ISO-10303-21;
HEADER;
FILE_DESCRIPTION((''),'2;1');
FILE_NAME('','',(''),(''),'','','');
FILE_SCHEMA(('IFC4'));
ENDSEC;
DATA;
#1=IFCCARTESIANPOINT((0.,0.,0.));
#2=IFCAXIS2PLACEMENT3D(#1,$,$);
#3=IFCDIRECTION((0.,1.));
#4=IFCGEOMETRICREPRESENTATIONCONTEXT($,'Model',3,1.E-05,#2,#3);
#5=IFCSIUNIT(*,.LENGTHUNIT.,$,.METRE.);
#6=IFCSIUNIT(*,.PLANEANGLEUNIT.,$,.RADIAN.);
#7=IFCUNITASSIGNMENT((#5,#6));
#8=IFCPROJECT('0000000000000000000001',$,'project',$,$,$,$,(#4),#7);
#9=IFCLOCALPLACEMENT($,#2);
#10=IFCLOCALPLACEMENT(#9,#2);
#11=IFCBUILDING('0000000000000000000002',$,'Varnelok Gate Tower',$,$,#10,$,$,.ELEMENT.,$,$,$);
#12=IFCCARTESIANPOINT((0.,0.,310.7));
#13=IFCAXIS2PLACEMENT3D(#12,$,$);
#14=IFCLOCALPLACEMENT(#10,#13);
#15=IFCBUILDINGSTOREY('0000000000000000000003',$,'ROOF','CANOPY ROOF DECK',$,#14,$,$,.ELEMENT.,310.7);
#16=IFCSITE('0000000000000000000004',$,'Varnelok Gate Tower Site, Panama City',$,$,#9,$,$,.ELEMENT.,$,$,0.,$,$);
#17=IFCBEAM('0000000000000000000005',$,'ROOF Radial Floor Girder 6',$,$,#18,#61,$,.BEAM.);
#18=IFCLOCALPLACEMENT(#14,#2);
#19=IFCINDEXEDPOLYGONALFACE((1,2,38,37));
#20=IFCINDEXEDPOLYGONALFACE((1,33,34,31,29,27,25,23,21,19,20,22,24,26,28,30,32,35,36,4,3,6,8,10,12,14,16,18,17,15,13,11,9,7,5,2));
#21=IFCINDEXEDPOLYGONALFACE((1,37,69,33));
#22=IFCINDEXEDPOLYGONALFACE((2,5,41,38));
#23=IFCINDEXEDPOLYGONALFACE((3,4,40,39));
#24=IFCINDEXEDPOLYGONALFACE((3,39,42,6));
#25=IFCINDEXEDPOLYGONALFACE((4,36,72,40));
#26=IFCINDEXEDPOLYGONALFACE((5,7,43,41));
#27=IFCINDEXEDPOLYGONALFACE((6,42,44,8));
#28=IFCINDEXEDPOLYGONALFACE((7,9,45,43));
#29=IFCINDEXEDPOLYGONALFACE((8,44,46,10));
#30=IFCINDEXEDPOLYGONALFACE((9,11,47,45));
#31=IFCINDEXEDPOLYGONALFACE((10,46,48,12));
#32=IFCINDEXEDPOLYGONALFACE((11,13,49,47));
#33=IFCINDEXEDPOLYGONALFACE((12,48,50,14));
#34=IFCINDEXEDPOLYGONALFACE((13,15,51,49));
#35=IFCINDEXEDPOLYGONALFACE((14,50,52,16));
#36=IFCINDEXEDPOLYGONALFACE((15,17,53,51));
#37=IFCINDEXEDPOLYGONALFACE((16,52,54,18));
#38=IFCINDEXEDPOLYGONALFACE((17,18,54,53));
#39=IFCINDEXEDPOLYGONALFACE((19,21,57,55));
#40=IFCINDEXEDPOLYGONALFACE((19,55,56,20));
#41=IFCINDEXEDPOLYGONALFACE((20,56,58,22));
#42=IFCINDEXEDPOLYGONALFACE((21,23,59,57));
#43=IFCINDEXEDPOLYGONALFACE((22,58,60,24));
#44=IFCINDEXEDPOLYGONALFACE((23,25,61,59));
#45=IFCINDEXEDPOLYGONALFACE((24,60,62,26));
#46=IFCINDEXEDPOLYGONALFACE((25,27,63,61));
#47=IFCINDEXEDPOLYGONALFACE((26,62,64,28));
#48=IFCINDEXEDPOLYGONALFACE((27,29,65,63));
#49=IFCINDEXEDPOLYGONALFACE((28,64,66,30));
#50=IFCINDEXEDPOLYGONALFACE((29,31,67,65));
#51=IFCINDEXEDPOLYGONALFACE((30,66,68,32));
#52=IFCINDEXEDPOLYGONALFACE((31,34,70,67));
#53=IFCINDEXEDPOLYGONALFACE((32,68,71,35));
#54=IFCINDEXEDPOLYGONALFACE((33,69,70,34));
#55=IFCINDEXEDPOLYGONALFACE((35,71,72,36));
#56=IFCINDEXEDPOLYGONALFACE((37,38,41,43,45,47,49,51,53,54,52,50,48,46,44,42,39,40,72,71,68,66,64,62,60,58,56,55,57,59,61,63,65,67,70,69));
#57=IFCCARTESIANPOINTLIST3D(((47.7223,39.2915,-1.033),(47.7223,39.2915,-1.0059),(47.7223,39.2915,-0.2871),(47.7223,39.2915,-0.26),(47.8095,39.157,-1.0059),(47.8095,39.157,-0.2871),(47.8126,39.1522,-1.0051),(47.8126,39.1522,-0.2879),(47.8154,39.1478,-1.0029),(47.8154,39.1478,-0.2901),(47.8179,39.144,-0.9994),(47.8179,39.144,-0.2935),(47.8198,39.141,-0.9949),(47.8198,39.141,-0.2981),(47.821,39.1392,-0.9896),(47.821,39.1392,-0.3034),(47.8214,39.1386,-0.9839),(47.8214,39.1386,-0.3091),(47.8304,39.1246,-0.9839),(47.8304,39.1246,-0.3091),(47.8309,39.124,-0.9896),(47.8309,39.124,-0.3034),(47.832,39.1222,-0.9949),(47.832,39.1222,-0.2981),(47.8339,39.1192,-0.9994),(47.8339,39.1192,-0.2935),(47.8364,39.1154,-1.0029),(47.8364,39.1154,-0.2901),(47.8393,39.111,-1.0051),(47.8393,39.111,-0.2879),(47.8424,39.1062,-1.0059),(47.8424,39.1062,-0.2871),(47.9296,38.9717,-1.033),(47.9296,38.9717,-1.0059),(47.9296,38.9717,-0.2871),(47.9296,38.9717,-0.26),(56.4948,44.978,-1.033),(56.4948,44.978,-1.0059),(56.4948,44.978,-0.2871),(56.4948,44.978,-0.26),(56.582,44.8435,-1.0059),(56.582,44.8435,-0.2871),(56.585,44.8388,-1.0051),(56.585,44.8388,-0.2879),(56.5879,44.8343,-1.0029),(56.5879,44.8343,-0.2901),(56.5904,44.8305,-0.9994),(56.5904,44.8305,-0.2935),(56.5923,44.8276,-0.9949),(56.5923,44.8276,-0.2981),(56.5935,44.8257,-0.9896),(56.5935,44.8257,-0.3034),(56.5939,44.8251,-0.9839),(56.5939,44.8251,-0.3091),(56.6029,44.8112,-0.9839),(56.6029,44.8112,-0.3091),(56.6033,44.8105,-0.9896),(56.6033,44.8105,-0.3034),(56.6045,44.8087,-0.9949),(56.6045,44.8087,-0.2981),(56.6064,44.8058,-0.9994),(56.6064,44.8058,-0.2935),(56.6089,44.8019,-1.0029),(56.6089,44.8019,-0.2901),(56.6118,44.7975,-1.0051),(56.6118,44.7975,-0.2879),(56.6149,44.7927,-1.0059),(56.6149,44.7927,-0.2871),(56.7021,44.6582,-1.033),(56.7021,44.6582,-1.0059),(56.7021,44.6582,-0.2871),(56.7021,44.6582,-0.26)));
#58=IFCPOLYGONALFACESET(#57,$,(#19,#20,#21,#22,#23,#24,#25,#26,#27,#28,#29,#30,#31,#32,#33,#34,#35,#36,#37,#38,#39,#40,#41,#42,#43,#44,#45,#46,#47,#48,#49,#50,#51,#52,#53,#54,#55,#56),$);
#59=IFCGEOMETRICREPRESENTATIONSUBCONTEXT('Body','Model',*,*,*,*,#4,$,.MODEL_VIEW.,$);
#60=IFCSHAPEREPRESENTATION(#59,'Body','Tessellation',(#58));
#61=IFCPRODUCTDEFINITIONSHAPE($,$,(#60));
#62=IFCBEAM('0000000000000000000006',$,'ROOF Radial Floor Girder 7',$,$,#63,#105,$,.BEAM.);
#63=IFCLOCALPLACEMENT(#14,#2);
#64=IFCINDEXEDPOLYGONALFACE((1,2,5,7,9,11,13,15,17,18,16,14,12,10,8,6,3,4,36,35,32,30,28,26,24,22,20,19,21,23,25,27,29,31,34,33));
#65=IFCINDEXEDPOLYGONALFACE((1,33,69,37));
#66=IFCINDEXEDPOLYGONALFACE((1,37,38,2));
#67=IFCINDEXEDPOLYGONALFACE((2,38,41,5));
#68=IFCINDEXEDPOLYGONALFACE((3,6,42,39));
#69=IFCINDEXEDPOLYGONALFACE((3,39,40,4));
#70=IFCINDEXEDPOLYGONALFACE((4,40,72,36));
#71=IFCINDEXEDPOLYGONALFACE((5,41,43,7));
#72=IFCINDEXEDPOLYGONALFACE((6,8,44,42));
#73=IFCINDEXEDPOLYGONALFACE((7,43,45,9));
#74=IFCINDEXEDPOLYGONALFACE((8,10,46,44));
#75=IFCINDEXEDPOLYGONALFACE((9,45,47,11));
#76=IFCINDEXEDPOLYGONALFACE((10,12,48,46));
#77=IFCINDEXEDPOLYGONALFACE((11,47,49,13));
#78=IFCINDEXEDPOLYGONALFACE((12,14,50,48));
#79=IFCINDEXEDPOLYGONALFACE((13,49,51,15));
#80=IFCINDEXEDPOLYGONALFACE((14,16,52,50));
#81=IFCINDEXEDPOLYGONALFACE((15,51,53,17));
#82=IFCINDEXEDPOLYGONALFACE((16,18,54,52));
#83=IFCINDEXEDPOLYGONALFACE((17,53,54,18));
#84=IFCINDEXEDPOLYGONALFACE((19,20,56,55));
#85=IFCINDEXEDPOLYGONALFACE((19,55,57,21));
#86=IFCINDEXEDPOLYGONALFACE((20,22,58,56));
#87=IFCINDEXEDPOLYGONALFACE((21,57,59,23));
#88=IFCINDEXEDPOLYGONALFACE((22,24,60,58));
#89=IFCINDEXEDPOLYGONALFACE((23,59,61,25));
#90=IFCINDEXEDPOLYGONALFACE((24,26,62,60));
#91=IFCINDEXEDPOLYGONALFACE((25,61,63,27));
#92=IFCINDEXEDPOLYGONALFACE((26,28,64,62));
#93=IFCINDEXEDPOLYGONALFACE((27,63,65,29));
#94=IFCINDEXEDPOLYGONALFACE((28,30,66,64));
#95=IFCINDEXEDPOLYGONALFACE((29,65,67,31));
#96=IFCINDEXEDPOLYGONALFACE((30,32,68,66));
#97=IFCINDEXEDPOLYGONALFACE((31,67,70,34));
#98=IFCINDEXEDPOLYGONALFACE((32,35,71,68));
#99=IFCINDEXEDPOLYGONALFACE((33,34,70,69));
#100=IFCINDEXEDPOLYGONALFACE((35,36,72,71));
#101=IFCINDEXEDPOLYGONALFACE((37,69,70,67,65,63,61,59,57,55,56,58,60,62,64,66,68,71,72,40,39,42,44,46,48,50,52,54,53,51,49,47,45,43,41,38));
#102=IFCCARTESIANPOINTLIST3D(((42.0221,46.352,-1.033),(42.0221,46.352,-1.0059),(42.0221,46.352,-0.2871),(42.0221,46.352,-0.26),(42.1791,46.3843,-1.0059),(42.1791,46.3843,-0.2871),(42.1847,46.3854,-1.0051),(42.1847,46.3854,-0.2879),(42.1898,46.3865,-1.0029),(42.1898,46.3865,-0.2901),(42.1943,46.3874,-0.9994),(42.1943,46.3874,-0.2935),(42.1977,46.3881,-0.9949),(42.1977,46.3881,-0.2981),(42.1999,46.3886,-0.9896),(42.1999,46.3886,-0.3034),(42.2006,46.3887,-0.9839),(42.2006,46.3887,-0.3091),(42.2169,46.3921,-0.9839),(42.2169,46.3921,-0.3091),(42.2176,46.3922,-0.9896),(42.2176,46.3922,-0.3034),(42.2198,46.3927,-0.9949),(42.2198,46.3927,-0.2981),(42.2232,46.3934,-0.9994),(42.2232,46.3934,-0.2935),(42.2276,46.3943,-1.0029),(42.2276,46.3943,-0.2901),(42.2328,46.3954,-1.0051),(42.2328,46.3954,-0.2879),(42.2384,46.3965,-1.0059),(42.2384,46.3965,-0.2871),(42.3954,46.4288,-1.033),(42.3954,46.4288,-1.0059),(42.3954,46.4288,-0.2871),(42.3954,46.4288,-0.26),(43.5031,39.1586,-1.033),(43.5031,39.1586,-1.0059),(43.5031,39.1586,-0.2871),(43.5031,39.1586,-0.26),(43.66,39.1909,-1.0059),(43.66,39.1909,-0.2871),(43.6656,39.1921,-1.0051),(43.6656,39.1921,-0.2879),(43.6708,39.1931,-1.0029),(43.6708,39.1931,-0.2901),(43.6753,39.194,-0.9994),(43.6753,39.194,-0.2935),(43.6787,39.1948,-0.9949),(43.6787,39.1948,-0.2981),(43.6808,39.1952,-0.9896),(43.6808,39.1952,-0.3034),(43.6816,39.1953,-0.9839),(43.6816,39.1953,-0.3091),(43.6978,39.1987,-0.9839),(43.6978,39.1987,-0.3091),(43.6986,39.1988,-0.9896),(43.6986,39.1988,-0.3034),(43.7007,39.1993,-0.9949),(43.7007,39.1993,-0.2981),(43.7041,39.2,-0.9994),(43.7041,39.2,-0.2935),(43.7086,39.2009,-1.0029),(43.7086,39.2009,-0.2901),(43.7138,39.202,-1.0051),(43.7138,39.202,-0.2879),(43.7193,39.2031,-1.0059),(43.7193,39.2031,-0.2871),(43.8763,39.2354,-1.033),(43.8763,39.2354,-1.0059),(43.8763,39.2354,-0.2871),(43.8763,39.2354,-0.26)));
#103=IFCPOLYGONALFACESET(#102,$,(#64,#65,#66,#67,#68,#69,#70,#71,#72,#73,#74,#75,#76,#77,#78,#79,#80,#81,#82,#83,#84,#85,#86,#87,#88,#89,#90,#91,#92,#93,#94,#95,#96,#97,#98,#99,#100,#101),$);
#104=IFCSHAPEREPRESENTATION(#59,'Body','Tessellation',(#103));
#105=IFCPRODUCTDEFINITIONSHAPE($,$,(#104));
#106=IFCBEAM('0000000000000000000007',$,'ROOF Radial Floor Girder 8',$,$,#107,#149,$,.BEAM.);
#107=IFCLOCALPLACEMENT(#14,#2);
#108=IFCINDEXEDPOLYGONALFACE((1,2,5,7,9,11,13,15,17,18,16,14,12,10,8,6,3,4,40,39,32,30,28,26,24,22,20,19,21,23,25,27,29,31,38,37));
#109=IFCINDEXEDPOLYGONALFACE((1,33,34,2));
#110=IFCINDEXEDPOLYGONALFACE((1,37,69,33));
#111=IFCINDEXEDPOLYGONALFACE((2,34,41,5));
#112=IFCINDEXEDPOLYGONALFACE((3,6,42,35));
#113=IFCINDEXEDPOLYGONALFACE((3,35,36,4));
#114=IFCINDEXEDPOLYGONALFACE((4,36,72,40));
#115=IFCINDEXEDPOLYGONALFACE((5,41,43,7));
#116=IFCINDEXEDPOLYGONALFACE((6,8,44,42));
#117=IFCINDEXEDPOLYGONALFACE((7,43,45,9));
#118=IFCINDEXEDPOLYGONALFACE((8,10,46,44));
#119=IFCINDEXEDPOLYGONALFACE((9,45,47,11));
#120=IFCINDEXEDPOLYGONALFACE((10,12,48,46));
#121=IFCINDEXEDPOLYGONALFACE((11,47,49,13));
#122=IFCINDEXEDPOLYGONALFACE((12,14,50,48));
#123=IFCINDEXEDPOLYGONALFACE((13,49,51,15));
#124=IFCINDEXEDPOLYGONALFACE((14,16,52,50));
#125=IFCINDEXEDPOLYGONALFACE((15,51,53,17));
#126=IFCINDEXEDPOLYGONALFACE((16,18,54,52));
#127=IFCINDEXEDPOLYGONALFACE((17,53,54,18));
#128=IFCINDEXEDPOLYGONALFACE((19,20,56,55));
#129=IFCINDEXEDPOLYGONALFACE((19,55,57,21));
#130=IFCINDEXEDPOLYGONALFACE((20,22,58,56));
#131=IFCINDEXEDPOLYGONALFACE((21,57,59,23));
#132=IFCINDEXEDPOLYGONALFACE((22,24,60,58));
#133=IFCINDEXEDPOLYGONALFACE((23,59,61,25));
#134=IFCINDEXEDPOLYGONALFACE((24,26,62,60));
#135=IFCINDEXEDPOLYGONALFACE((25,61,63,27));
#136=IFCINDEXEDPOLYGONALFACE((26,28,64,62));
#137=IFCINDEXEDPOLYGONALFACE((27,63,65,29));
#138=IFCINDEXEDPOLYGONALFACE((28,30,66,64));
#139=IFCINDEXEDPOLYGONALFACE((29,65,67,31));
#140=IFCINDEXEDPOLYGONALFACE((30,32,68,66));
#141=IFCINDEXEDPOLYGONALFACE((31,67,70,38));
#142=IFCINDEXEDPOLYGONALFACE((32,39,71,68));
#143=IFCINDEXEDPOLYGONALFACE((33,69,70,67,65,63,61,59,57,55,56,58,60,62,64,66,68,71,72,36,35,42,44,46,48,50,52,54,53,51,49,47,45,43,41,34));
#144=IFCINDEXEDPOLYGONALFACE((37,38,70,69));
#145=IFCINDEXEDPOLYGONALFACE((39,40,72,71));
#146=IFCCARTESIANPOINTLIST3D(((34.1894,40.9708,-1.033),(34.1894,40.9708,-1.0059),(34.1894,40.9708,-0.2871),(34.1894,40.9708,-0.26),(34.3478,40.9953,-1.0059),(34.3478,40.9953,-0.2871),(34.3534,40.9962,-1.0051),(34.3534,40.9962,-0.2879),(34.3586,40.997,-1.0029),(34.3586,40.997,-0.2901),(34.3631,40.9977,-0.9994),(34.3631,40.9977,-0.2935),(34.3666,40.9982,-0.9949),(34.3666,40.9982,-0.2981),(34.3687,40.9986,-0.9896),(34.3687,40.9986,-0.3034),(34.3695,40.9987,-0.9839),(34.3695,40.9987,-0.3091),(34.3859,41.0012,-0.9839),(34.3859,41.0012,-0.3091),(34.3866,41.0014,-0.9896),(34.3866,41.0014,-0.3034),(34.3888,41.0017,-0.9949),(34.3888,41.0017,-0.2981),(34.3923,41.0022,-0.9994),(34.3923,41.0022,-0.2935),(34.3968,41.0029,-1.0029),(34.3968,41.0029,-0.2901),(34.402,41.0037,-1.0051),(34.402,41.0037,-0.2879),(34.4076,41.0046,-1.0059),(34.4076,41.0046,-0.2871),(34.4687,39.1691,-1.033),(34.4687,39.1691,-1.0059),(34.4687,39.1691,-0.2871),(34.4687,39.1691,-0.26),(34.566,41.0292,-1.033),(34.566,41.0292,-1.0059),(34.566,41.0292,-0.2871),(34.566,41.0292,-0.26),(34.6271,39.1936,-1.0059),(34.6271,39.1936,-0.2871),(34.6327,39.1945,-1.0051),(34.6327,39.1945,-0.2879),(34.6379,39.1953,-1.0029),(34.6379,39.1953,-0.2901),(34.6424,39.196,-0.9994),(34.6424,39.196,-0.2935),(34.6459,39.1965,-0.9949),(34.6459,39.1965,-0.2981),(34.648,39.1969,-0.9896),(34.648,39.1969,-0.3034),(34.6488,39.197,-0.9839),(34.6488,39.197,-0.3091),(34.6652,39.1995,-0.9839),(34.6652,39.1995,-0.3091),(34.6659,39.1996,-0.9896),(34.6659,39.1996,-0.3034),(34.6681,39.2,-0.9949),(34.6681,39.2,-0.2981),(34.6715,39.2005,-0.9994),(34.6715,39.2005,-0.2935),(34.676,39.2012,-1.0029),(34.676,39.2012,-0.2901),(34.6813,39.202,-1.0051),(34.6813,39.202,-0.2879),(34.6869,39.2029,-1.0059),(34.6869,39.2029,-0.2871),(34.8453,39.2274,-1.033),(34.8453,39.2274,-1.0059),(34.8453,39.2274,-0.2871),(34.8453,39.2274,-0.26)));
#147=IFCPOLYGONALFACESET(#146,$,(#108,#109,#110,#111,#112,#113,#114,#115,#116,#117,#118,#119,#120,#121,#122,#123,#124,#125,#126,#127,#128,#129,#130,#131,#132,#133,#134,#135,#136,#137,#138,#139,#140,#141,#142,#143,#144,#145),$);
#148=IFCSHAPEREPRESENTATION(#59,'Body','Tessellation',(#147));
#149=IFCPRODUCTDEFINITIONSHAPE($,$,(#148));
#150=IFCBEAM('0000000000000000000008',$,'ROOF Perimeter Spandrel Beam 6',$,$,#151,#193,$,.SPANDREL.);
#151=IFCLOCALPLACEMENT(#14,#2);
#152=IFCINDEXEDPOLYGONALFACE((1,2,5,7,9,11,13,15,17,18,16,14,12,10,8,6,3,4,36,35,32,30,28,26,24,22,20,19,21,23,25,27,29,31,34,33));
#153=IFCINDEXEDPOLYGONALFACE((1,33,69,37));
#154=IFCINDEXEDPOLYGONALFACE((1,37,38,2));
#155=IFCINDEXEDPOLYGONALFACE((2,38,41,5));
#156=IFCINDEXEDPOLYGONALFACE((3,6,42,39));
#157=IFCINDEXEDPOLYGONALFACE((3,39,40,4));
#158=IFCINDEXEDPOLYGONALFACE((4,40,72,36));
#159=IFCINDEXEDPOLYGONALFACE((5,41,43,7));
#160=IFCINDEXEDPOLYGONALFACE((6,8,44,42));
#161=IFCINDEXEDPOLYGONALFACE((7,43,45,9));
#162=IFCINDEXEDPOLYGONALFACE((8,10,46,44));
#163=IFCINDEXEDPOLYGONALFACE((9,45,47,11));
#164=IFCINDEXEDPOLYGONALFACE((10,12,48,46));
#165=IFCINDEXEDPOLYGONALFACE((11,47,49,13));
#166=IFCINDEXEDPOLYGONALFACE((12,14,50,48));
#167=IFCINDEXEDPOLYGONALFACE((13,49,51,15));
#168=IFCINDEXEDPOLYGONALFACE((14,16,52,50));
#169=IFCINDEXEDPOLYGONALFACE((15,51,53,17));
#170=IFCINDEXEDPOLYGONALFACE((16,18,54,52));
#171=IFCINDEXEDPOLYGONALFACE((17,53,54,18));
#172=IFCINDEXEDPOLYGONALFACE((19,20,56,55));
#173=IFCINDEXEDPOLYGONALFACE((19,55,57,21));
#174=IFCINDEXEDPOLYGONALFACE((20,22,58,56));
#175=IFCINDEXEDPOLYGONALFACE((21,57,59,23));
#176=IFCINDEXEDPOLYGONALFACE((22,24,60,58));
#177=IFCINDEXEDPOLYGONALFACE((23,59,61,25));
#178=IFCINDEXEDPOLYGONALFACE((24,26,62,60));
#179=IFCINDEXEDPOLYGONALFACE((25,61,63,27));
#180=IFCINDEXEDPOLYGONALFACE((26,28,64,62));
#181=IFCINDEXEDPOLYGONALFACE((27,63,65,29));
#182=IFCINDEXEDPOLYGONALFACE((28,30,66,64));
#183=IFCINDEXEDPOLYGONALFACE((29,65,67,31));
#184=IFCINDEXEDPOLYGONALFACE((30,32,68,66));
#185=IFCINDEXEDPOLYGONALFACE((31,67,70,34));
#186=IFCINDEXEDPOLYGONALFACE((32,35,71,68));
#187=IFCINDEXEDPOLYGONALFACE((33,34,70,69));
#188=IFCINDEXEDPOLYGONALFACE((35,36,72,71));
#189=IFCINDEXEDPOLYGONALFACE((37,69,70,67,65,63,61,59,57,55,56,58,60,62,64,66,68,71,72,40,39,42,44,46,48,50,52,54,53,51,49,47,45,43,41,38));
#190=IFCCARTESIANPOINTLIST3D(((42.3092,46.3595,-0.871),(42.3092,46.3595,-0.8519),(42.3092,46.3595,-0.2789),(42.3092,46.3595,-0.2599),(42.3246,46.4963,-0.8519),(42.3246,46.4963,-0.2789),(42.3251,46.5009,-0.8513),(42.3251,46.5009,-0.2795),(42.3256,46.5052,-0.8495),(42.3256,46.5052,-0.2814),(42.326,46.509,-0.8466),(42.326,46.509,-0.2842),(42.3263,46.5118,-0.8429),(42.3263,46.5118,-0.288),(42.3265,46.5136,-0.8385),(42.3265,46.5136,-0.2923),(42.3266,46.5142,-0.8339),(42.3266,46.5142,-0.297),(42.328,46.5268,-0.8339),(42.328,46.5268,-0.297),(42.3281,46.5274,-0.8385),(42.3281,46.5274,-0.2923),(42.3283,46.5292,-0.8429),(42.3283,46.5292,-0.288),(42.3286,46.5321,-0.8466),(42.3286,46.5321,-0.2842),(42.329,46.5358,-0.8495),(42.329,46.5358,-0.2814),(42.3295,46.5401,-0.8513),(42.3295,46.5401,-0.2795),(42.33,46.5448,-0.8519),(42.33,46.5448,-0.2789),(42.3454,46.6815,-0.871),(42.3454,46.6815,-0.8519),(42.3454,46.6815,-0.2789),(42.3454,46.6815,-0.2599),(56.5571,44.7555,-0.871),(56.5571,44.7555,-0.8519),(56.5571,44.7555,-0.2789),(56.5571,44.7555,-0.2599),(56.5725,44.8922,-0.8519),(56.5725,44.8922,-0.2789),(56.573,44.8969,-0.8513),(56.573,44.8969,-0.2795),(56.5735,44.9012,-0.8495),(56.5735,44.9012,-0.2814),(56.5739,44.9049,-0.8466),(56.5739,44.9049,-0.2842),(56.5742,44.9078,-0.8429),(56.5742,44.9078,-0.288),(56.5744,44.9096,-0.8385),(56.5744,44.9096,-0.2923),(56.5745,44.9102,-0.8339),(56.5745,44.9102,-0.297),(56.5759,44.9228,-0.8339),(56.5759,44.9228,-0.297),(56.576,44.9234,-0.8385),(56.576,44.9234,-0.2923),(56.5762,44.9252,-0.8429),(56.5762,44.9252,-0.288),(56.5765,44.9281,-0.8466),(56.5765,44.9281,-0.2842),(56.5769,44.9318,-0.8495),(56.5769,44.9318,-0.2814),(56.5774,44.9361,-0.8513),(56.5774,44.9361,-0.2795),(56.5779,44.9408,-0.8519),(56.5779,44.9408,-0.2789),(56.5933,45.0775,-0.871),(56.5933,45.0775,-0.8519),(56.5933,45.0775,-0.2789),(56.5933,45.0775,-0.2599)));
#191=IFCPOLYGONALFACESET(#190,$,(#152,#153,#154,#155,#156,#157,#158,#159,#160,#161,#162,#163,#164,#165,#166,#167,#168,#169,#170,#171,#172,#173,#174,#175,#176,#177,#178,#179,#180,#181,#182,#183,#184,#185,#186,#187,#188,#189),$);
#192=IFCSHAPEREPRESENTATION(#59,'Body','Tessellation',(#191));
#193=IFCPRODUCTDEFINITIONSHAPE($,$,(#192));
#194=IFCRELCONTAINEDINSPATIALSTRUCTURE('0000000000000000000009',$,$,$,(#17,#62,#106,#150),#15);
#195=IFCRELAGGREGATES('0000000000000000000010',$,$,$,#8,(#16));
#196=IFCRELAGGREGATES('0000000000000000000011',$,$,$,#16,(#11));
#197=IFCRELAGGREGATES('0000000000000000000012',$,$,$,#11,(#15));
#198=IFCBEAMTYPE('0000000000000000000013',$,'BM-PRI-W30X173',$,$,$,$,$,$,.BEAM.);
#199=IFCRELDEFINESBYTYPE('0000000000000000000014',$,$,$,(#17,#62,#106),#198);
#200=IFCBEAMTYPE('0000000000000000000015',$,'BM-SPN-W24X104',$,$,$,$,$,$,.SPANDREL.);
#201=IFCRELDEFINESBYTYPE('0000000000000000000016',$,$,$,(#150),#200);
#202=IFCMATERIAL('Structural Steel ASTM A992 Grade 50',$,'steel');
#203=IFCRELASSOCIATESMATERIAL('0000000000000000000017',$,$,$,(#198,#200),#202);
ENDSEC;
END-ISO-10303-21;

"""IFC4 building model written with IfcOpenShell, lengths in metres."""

from ifc_helpers import new_model, si_unit, direction, frame, origin, origin_2d, place, context, subcontext, project, spatial, i_section, extrude, material, material_profile, profile_set, type_object, element, save


model = new_model("IFC4")

# Units and contexts
model_context = context("Model", 3, precision=1e-05, world=origin(), true_north=direction((0.0, 1.0)))
body_context = subcontext(model_context, "Body", "Model", "MODEL_VIEW")
ifc_project = project(units=[si_unit("LENGTHUNIT", "METRE"), si_unit("PLANEANGLEUNIT", "RADIAN")], contexts=[model_context])

# Site, building, storey
site_placement = place(None, origin())
site = spatial("IfcSite", under=ifc_project, at=site_placement, Name="Varnelok Gate Tower Site, Panama City", CompositionType="ELEMENT", RefElevation=0.0)
building_placement = place(site_placement, origin())
building = spatial("IfcBuilding", under=site, at=building_placement, Name="Varnelok Gate Tower", CompositionType="ELEMENT")
storey_placement = place(building_placement, frame((0.0, 0.0, 310.7)))
storey = spatial("IfcBuildingStorey", under=building, at=storey_placement, Name="ROOF", Description="CANOPY ROOF DECK", CompositionType="ELEMENT", Elevation=310.7)

# Beams
ifc_material_1 = material(Name="Structural Steel ASTM A992 Grade 50", Category="steel")
ifc_material_profile_1 = material_profile(ifc_material_1, i_section(OverallWidth=0.3811, OverallDepth=0.7729, WebThickness=0.0166, FlangeThickness=0.0271, FilletRadius=0.022, at=origin_2d()), Name="W30X173")
ifc_profile_set_1 = profile_set([ifc_material_profile_1], Name="Structural Steel ASTM A992 Grade 50")
beam_type_1 = type_object("IfcBeamType", Name="BM-PRI-W30X173", PredefinedType="BEAM", material=ifc_profile_set_1)
beam_1_placement = place(storey_placement, frame((47.8259, 39.1316, -0.6465), z_axis=(0.839124, 0.543941, 0.0), x_axis=(-0.543941, 0.839124, 0.0)))
element("IfcBeam", 1, at=beam_1_placement, inside=storey, type_object=beam_type_1, Name="ROOF Radial Floor Girder 6", PredefinedType="BEAM", context=body_context, shape_type="SweptSolid", body=[
    extrude(i_section(OverallWidth=0.3811, OverallDepth=0.7729, WebThickness=0.0166, FlangeThickness=0.0271, FilletRadius=0.022, at=origin_2d()), origin(), (0.0, 0.0, 1.0), 10.4543),
])
beam_2_placement = place(storey_placement, frame((43.6897, 39.197, -0.6465), z_axis=(-0.201649, 0.979458, 0.0), x_axis=(-0.979458, -0.201649, 0.0)))
element("IfcBeam", 2, at=beam_2_placement, inside=storey, type_object=beam_type_1, Name="ROOF Radial Floor Girder 7", PredefinedType="BEAM", context=body_context, shape_type="SweptSolid", body=[
    extrude(i_section(OverallWidth=0.3811, OverallDepth=0.7729, WebThickness=0.0166, FlangeThickness=0.0271, FilletRadius=0.022, at=origin_2d()), origin(), (0.0, 0.0, 1.0), 7.3442),
])
beam_3_placement = place(storey_placement, frame((34.657, 39.1982, -0.6465), z_axis=(-0.153184, 0.988198, 0.0), x_axis=(-0.988198, -0.153184, 0.0)))
element("IfcBeam", 3, at=beam_3_placement, inside=storey, type_object=beam_type_1, Name="ROOF Radial Floor Girder 8", PredefinedType="BEAM", context=body_context, shape_type="SweptSolid", body=[
    extrude(i_section(OverallWidth=0.3811, OverallDepth=0.7729, WebThickness=0.0166, FlangeThickness=0.0271, FilletRadius=0.022, at=origin_2d()), origin(), (0.0, 0.0, 1.0), 1.8232),
])
ifc_material_profile_2 = material_profile(ifc_material_1, i_section(OverallWidth=0.324, OverallDepth=0.6111, WebThickness=0.0127, FlangeThickness=0.019, FilletRadius=0.0181, at=origin_2d()), Name="W24X104")
ifc_profile_set_2 = profile_set([ifc_material_profile_2], Name="Structural Steel ASTM A992 Grade 50")
beam_type_2 = type_object("IfcBeamType", Name="BM-SPN-W24X104", PredefinedType="SPANDREL", material=ifc_profile_set_2)
beam_4_placement = place(storey_placement, frame((56.5752, 44.9165, -0.5654), z_axis=(-0.993723, 0.111872, 0.0), x_axis=(-0.111872, -0.993723, 0.0)))
element("IfcBeam", 4, at=beam_4_placement, inside=storey, type_object=beam_type_2, Name="ROOF Perimeter Spandrel Beam 6", PredefinedType="SPANDREL", context=body_context, shape_type="SweptSolid", body=[
    extrude(i_section(OverallWidth=0.324, OverallDepth=0.6111, WebThickness=0.0127, FlangeThickness=0.019, FilletRadius=0.0181, at=origin_2d()), origin(), (0.0, 0.0, 1.0), 14.3379),
])

save(model, "model.ifc")
